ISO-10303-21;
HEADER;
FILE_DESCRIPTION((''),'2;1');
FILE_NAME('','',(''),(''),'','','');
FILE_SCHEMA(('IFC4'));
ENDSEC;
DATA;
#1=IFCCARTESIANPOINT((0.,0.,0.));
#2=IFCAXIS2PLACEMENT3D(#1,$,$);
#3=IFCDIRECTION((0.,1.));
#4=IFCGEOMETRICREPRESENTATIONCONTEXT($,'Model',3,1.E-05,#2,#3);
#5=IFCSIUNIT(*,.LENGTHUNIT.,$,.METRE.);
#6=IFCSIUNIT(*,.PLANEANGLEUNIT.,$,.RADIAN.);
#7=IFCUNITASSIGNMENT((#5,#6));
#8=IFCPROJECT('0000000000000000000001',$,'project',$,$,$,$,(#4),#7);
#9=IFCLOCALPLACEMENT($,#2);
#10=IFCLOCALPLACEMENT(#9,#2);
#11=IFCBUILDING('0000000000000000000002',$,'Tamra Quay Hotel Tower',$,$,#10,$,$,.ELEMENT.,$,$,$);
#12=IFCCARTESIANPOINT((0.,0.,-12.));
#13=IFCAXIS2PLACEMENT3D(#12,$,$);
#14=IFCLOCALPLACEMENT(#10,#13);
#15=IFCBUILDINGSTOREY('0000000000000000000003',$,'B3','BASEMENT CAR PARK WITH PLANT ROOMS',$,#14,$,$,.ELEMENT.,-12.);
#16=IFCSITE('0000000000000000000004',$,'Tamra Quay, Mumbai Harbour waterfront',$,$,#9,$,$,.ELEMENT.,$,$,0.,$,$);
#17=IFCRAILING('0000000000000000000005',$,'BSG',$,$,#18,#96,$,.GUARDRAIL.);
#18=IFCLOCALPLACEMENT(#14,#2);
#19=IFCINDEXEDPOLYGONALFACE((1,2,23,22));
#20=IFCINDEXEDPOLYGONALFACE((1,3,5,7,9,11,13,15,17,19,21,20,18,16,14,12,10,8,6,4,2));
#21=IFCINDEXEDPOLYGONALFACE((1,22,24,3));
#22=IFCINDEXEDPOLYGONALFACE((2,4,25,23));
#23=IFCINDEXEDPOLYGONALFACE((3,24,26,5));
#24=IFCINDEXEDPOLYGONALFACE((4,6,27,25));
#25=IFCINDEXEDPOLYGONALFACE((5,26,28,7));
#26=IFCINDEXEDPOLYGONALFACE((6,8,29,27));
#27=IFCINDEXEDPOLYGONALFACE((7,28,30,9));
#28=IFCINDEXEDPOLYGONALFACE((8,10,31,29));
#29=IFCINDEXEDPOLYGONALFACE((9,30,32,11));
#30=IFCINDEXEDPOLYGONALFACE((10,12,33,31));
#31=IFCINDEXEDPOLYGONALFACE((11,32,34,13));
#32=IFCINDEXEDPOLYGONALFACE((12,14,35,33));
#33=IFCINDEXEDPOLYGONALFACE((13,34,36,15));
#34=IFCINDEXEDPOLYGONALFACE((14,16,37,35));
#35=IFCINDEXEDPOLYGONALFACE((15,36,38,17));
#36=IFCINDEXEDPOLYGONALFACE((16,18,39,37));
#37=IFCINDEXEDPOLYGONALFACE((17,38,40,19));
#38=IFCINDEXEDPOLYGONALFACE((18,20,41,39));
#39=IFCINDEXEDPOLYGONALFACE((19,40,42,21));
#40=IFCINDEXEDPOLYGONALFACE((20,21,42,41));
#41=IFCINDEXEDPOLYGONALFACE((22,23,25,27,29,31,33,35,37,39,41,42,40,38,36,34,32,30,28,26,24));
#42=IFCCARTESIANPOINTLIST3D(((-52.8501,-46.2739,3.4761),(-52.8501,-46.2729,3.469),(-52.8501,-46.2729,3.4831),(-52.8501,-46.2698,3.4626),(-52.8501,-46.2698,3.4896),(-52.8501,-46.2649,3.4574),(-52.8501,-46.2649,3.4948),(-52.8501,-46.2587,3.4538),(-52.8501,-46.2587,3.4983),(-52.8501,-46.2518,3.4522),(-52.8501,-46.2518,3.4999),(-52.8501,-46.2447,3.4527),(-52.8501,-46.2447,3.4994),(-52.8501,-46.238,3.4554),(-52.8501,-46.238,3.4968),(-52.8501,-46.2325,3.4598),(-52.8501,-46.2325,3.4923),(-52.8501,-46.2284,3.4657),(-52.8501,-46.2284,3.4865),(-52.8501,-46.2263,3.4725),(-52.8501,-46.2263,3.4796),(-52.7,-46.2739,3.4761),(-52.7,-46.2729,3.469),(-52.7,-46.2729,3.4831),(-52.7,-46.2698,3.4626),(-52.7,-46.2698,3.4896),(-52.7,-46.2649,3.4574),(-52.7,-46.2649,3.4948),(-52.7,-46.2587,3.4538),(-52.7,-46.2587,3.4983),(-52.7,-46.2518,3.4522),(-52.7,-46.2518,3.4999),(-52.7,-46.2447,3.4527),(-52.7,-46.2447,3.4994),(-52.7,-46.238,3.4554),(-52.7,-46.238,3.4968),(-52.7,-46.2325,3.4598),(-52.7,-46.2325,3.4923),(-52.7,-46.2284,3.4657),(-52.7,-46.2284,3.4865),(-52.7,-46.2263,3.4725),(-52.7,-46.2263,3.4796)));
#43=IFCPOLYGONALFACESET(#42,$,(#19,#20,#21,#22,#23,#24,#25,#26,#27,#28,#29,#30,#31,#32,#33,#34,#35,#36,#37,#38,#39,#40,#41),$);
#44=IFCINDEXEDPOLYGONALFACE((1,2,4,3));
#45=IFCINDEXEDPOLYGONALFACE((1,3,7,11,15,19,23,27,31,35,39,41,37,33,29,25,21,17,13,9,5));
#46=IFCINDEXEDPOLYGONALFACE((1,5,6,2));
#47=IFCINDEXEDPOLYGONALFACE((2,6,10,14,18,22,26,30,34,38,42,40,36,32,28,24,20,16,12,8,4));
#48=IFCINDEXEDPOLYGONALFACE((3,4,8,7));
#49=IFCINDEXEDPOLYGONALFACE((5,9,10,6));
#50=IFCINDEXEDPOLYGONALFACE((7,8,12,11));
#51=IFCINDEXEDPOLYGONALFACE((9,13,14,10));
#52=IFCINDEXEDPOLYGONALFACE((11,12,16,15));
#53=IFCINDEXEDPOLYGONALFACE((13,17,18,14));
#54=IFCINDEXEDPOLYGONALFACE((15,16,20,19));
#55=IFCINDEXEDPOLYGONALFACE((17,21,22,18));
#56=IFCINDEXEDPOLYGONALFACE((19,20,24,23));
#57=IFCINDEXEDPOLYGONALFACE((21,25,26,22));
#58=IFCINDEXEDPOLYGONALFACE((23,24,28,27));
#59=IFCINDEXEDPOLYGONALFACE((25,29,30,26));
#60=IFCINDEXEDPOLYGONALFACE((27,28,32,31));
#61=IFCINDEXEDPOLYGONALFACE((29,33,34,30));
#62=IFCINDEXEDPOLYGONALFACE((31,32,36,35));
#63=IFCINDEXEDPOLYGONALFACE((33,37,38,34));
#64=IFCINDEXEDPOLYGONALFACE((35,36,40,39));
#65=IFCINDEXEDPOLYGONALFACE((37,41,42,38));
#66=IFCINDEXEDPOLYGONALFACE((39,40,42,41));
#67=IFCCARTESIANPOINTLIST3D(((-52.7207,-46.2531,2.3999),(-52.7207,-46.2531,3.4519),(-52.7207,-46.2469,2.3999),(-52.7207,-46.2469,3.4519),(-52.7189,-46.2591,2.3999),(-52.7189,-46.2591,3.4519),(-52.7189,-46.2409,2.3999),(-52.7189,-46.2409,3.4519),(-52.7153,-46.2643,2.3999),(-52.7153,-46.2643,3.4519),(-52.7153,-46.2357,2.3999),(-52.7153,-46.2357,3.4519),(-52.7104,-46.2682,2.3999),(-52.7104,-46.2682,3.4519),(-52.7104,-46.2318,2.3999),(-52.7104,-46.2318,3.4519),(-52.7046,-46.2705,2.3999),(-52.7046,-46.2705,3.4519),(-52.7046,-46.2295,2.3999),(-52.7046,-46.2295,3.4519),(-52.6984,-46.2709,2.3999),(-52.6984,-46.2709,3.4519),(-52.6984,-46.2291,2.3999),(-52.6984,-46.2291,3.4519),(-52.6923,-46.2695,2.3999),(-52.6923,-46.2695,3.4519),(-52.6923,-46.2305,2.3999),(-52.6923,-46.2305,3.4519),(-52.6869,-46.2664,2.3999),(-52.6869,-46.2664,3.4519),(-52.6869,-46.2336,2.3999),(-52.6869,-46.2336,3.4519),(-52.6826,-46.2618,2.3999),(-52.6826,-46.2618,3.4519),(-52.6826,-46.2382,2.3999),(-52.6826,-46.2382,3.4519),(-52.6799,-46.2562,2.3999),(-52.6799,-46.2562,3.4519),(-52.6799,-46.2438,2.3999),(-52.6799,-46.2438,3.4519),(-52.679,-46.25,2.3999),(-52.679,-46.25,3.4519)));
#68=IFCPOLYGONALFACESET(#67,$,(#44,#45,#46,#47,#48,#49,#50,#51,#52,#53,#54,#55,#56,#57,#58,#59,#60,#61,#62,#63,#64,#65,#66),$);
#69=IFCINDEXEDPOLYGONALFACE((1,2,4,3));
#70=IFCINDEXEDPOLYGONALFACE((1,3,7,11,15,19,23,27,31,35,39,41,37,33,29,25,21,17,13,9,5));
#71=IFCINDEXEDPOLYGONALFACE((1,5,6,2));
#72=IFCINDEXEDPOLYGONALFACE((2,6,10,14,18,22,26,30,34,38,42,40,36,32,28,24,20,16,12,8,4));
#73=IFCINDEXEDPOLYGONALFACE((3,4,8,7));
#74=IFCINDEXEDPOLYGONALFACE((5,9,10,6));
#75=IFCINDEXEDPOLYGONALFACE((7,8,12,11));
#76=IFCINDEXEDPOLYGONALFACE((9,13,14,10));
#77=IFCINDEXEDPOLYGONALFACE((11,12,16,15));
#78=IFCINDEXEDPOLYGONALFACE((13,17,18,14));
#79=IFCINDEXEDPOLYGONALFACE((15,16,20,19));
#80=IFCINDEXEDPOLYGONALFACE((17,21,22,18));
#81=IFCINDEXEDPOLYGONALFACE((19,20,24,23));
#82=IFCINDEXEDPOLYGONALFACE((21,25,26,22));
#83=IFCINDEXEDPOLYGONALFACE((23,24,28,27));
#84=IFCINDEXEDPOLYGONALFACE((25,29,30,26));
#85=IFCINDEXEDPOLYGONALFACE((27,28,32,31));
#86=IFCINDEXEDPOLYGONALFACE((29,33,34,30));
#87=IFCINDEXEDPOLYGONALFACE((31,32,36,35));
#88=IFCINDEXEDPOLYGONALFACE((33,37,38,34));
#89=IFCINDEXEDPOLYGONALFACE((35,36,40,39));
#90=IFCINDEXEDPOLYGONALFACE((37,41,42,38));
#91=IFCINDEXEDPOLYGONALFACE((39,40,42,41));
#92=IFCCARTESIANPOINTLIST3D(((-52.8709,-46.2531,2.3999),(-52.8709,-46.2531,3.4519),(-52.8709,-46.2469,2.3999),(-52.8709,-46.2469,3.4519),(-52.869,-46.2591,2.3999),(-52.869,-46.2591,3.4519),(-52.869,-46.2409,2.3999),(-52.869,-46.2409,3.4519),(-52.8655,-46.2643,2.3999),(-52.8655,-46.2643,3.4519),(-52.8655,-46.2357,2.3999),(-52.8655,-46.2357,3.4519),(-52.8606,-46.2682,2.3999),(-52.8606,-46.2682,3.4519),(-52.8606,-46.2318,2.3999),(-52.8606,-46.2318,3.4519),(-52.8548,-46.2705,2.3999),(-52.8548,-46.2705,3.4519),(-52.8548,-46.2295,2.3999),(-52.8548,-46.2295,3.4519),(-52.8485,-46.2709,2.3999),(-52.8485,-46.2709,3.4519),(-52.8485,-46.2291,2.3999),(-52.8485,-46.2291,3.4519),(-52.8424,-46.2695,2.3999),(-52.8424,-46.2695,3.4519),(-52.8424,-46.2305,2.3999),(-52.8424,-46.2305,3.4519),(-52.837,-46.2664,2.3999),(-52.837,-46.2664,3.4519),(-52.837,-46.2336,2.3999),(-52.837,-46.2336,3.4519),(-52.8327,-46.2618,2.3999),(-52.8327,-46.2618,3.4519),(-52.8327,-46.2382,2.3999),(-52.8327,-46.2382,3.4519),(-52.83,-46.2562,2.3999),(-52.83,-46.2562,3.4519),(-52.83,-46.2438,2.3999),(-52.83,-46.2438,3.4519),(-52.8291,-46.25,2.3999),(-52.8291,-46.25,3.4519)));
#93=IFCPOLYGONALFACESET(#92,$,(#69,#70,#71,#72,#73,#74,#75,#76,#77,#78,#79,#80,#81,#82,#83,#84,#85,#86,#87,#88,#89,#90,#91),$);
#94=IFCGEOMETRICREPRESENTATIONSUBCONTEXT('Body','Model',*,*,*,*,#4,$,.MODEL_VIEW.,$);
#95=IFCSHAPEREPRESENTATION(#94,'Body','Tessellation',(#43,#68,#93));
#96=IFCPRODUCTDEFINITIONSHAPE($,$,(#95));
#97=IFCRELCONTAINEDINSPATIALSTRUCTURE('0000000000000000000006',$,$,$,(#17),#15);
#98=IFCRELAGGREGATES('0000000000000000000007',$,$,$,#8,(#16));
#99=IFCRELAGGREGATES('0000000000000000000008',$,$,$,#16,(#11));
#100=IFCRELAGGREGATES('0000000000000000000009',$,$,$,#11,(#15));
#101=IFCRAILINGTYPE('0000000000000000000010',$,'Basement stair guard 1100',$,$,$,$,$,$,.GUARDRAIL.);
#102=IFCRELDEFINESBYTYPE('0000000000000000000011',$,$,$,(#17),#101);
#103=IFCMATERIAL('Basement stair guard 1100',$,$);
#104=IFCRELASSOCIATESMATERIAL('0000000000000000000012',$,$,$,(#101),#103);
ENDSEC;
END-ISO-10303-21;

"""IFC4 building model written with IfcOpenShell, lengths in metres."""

from ifc_helpers import new_model, si_unit, direction, frame, origin, origin_2d, place, context, subcontext, project, spatial, circle, extrude, material, type_object, element, save


model = new_model("IFC4")

# Units and contexts
model_context = context("Model", 3, precision=1e-05, world=origin(), true_north=direction((0.0, 1.0)))
body_context = subcontext(model_context, "Body", "Model", "MODEL_VIEW")
ifc_project = project(units=[si_unit("LENGTHUNIT", "METRE"), si_unit("PLANEANGLEUNIT", "RADIAN")], contexts=[model_context])

# Site, building, storey
site_placement = place(None, origin())
site = spatial("IfcSite", under=ifc_project, at=site_placement, Name="Tamra Quay, Mumbai Harbour waterfront", CompositionType="ELEMENT", RefElevation=0.0)
building_placement = place(site_placement, origin())
building = spatial("IfcBuilding", under=site, at=building_placement, Name="Tamra Quay Hotel Tower", CompositionType="ELEMENT")
storey_placement = place(building_placement, frame((0.0, 0.0, -12.0)))
storey = spatial("IfcBuildingStorey", under=building, at=storey_placement, Name="B3", Description="BASEMENT CAR PARK WITH PLANT ROOMS", CompositionType="ELEMENT", Elevation=-12.0)

# Railing
ifc_material_1 = material(Name="Basement stair guard 1100")
railing_type = type_object("IfcRailingType", Name="Basement stair guard 1100", PredefinedType="GUARDRAIL", material=ifc_material_1)
railing_placement = place(storey_placement, frame((-52.7, -46.25, 2.3999)))
element("IfcRailing", 1, at=railing_placement, inside=storey, type_object=railing_type, Name="BSG", PredefinedType="GUARDRAIL", context=body_context, shape_type="SweptSolid", body=[
    extrude(circle(Radius=0.0239, at=origin_2d()), frame((0.0, 0.0, 1.0762), z_axis=(-1.0, 0.0, 0.0), x_axis=(0.0, -1.0, 0.0)), (0.0, 0.0, 1.0), 0.1501),
    extrude(circle(Radius=0.021, at=origin_2d()), origin(), (0.0, 0.0, 1.0), 1.052),
    extrude(circle(Radius=0.021, at=origin_2d()), frame((-0.1501, 0.0, 0.0)), (0.0, 0.0, 1.0), 1.052),
])

save(model, "model.ifc")
